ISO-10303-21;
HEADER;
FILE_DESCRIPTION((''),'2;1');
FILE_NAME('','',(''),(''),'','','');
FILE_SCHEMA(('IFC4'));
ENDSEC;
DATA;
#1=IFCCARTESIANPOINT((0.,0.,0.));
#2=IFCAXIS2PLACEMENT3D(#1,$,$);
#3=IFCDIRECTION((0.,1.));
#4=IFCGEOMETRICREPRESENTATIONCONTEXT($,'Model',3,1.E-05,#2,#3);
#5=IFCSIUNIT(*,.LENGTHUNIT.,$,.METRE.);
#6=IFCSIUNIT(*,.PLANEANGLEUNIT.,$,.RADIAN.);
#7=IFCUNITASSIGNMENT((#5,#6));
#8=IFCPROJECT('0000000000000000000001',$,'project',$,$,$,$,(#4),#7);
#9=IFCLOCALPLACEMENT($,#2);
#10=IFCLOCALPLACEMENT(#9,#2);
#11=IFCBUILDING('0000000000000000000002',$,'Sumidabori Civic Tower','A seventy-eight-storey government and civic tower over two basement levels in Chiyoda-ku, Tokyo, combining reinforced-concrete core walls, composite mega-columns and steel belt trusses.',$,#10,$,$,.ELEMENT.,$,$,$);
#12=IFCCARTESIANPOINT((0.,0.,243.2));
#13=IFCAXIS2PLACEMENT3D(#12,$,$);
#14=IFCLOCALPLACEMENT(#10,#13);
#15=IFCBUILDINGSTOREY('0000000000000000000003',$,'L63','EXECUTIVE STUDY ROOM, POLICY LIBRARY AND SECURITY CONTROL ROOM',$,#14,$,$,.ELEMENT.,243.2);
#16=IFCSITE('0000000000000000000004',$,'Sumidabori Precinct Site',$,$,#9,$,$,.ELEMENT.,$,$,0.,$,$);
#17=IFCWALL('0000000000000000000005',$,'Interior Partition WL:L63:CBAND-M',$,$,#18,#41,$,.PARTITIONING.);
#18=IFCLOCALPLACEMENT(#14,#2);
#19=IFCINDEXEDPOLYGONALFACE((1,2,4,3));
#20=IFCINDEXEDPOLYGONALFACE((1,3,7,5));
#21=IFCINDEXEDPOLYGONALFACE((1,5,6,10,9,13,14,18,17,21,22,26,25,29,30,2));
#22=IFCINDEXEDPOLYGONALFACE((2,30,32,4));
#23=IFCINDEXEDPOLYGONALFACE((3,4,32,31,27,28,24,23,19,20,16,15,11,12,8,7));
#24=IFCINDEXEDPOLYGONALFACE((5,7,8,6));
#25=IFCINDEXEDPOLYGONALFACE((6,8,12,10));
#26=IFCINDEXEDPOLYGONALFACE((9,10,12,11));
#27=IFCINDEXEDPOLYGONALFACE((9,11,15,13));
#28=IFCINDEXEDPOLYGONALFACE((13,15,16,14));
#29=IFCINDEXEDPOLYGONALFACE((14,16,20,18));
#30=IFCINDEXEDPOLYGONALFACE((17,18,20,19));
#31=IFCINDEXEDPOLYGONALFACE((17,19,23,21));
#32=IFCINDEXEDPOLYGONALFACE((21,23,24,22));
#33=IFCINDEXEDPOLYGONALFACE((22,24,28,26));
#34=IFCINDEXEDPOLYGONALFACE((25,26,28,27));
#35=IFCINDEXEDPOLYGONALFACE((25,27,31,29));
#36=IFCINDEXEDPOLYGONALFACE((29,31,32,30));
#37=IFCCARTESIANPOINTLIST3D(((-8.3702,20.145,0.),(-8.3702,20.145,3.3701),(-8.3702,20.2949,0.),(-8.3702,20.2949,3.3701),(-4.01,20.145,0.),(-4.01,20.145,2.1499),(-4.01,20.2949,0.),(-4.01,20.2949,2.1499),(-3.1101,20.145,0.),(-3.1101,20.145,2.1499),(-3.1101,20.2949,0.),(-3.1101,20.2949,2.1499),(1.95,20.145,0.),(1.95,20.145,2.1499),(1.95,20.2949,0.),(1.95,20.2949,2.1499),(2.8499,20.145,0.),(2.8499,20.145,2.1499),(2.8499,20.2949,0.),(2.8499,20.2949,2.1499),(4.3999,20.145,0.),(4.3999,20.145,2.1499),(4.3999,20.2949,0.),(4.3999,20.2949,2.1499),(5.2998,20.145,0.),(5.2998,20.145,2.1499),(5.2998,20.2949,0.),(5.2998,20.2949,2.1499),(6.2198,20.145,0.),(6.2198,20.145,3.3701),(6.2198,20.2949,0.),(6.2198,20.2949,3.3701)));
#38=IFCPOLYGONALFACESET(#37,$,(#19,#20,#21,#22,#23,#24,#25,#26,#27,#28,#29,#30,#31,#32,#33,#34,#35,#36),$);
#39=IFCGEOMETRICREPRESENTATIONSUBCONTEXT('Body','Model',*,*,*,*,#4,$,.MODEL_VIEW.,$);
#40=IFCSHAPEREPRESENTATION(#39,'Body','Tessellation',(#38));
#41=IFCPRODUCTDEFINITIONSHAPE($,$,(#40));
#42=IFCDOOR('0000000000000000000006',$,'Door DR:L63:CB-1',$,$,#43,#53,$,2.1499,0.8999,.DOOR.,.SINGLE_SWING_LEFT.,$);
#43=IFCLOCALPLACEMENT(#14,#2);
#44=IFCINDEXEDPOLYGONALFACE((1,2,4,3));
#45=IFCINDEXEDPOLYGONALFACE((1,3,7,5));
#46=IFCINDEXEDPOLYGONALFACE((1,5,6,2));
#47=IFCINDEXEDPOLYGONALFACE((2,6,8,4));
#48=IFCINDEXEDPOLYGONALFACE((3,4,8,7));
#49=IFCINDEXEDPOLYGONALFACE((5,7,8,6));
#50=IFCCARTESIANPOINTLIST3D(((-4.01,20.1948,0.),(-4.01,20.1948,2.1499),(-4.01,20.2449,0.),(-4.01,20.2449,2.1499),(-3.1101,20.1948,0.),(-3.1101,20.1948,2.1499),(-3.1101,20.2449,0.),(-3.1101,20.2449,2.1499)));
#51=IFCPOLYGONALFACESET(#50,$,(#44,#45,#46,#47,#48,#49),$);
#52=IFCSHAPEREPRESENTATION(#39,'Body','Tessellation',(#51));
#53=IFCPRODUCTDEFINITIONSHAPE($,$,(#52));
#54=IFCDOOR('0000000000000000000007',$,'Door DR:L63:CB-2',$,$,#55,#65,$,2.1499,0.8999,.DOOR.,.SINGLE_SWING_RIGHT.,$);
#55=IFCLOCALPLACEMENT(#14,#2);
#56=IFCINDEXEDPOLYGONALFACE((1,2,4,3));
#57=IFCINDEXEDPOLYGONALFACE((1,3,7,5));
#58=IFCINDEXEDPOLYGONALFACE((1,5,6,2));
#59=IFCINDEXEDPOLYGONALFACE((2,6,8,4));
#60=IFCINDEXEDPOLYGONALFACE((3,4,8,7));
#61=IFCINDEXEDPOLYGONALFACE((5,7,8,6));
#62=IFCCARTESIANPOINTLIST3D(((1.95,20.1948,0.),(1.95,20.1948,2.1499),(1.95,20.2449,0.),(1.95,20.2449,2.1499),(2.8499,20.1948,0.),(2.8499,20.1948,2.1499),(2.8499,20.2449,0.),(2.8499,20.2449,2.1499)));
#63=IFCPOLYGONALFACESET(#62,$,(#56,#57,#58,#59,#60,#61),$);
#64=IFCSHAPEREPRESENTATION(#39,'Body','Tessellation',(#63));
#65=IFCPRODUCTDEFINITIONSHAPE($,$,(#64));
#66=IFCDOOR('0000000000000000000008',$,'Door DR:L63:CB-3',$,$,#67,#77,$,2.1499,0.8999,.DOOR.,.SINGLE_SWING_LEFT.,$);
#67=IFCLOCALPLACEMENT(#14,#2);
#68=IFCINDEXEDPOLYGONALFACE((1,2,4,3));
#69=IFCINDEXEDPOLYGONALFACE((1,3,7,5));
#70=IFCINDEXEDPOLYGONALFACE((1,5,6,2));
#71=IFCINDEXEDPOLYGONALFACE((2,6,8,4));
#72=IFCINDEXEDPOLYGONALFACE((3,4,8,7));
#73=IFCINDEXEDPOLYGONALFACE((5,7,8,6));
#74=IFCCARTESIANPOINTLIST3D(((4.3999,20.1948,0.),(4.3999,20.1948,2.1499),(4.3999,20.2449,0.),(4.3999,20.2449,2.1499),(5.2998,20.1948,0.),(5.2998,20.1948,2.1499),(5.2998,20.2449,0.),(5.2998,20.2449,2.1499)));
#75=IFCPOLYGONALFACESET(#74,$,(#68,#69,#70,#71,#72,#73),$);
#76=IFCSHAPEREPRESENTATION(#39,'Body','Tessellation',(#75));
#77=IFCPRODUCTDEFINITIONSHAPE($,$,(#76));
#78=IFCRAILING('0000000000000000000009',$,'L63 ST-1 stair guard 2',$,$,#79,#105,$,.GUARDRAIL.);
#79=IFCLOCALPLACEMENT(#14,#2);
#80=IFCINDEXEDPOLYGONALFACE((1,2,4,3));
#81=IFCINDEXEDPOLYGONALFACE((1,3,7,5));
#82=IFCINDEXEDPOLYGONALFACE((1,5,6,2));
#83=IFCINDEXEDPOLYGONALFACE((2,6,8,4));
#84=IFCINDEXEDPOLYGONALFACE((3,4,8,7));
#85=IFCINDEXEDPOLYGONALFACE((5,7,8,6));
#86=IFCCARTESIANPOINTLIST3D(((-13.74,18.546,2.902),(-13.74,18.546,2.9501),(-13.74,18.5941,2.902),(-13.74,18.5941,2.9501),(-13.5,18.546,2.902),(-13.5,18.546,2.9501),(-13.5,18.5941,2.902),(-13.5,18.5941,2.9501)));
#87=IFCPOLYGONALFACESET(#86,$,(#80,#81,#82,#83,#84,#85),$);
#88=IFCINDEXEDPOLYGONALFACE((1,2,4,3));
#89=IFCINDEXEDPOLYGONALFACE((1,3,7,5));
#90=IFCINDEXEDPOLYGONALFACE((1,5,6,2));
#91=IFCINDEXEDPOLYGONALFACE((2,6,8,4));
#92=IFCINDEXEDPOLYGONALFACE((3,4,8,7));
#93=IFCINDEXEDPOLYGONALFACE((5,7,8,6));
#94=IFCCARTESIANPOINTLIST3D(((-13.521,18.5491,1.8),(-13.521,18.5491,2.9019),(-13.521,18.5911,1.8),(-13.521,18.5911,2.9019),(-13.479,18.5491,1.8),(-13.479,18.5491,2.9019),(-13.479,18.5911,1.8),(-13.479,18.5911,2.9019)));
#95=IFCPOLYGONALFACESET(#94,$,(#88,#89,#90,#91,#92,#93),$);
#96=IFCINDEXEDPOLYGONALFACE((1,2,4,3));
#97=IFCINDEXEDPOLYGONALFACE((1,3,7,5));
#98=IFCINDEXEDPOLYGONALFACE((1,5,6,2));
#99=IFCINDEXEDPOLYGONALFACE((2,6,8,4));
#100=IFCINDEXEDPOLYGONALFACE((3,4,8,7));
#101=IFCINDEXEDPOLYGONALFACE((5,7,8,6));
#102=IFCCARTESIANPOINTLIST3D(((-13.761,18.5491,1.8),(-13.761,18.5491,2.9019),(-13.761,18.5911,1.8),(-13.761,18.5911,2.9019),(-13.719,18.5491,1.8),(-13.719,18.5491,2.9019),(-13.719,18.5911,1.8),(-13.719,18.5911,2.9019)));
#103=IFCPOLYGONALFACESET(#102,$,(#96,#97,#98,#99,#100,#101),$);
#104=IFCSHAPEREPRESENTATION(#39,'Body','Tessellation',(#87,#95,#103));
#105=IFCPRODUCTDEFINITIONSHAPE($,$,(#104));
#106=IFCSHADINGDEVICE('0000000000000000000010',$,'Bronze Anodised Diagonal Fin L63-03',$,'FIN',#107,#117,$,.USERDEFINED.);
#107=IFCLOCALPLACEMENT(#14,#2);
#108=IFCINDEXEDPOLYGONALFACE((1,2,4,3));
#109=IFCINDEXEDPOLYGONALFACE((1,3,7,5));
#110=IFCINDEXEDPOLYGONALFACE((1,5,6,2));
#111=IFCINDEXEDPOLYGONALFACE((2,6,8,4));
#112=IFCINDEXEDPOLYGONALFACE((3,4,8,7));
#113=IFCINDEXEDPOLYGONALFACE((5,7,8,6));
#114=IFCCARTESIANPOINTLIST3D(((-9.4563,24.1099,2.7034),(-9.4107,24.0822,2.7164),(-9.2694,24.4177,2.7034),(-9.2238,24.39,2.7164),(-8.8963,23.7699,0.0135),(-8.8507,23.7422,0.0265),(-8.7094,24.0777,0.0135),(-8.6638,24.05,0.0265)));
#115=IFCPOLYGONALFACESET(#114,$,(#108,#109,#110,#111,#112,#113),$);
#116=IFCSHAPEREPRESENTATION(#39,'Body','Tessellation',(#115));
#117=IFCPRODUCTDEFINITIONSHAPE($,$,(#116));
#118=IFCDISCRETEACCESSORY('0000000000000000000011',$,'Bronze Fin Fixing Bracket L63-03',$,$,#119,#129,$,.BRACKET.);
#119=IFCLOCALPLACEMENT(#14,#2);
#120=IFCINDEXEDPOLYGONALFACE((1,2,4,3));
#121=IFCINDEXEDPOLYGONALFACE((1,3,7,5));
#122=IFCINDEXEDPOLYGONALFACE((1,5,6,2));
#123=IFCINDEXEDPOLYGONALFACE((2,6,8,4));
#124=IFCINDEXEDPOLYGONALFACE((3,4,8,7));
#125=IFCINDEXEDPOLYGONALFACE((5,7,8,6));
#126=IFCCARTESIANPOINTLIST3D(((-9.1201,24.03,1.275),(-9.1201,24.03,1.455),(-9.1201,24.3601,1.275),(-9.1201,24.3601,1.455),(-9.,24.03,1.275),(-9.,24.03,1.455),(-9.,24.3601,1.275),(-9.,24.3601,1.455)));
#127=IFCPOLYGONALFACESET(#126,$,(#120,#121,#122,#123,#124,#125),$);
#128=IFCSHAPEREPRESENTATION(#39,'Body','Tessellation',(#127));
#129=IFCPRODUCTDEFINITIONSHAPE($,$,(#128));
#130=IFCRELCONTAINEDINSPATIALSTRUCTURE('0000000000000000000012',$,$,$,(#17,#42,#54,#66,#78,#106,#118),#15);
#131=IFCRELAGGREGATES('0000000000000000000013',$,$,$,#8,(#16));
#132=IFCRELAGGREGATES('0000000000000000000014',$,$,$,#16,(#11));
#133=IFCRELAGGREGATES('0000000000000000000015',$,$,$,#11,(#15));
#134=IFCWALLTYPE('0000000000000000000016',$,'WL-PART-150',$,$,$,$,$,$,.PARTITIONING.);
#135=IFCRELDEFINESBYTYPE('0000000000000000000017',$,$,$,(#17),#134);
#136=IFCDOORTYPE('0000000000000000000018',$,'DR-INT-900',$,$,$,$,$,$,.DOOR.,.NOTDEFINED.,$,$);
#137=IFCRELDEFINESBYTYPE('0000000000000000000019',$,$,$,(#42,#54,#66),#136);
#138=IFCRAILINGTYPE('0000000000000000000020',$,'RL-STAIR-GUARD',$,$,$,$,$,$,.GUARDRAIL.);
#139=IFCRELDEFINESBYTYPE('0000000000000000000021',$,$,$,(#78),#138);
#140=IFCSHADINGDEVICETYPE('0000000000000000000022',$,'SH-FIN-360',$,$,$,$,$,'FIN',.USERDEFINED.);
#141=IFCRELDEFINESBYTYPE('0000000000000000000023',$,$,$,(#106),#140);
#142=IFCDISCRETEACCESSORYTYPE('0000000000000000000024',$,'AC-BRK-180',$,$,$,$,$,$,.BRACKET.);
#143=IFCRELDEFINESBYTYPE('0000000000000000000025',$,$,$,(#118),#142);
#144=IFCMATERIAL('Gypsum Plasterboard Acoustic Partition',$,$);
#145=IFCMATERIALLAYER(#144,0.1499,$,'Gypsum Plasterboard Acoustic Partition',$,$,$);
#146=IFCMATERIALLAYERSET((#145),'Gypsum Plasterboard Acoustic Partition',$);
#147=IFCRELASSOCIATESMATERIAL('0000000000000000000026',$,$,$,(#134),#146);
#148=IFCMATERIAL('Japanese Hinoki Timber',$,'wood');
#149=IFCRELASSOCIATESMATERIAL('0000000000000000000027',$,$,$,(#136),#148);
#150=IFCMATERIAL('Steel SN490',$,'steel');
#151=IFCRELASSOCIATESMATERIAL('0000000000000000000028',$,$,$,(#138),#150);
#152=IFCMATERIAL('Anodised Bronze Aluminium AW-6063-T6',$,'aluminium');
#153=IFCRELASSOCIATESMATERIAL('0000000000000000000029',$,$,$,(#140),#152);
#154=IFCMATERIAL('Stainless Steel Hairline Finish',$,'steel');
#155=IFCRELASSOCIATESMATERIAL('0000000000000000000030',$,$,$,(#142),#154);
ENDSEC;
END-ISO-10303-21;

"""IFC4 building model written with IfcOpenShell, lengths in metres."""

from ifc_helpers import new_model, si_unit, direction, frame, frame_2d, origin, origin_2d, place, context, subcontext, project, spatial, rectangle, extrude, source, transform, mapped, material, layer, layer_set, material_profile, profile_set, type_object, element, fill, save


model = new_model("IFC4")

# Units and contexts
model_context = context("Model", 3, precision=1e-05, world=origin(), true_north=direction((0.0, 1.0)))
body_context = subcontext(model_context, "Body", "Model", "MODEL_VIEW")
ifc_project = project(units=[si_unit("LENGTHUNIT", "METRE"), si_unit("PLANEANGLEUNIT", "RADIAN")], contexts=[model_context])

# Site, building, storey
site_placement = place(None, origin())
site = spatial("IfcSite", under=ifc_project, at=site_placement, Name="Sumidabori Precinct Site", CompositionType="ELEMENT", RefElevation=0.0)
building_placement = place(site_placement, origin())
building = spatial("IfcBuilding", under=site, at=building_placement, Name="Sumidabori Civic Tower", Description="A seventy-eight-storey government and civic tower over two basement levels in Chiyoda-ku, Tokyo, combining reinforced-concrete core walls, composite mega-columns and steel belt trusses.", CompositionType="ELEMENT")
storey_placement = place(building_placement, frame((0.0, 0.0, 243.2)))
storey = spatial("IfcBuildingStorey", under=building, at=storey_placement, Name="L63", Description="EXECUTIVE STUDY ROOM, POLICY LIBRARY AND SECURITY CONTROL ROOM", CompositionType="ELEMENT", Elevation=243.2)

# Shared definitions
ifc_material_1 = material(Name="Anodised Bronze Aluminium AW-6063-T6", Category="aluminium")

# Shared definitions
ifc_material_2 = material(Name="Gypsum Plasterboard Acoustic Partition")
ifc_layer_1 = layer(ifc_material_2, 0.1499, Name="Gypsum Plasterboard Acoustic Partition")
ifc_layer_set_1 = layer_set([ifc_layer_1], Name="Gypsum Plasterboard Acoustic Partition")
wall_type_1 = type_object("IfcWallType", Name="WL-PART-150", PredefinedType="PARTITIONING", material=ifc_layer_set_1)

# Wall, openings, doors
shared_shape_1 = source(origin(), body_context, "Body", "SweptSolid", [
    extrude(rectangle(XDim=14.5901, YDim=0.1499, at=frame_2d((7.2949, 0.0))), origin(), (0.0, 0.0, 1.0), 3.3701),
])
wall_1_placement = place(storey_placement, frame((-8.3701, 20.22, 0.0), z_axis=(0.0, 0.0, 1.0), x_axis=(1.0, 0.0, 0.0)))
wall_1 = element("IfcWall", 1, at=wall_1_placement, inside=storey, type_object=wall_type_1, Name="Interior Partition WL:L63:CBAND-M", PredefinedType="PARTITIONING", context=body_context, shape_type="MappedRepresentation", body=[
    mapped(shared_shape_1, transform((0.0, 0.0, 0.0), x_axis=(1.0, 0.0, 0.0), y_axis=(0.0, 1.0, 0.0), z_axis=(0.0, 0.0, 1.0), scale=1.0)),
])
opening_1_placement = place(wall_1_placement, frame((4.3601, 0.0, 0.0)))
opening_1 = element("IfcOpeningElement", 2, at=opening_1_placement, cuts=wall_1, PredefinedType="OPENING", context=body_context, shape_type="SweptSolid", body=[
    extrude(rectangle(XDim=0.8999, YDim=2.1499, at=frame_2d((0.45, 1.075))), frame((0.0, 0.0869, 0.0), z_axis=(0.0, -1.0, 0.0), x_axis=(1.0, 0.0, 0.0)), (0.0, 0.0, 1.0), 0.1738),
])
opening_2_placement = place(wall_1_placement, frame((10.3201, 0.0, 0.0)))
opening_2 = element("IfcOpeningElement", 3, at=opening_2_placement, cuts=wall_1, PredefinedType="OPENING", context=body_context, shape_type="SweptSolid", body=[
    extrude(rectangle(XDim=0.8999, YDim=2.1499, at=frame_2d((0.45, 1.075))), frame((0.0, 0.0869, 0.0), z_axis=(0.0, -1.0, 0.0), x_axis=(1.0, 0.0, 0.0)), (0.0, 0.0, 1.0), 0.1738),
])
opening_3_placement = place(wall_1_placement, frame((12.77, 0.0, 0.0)))
opening_3 = element("IfcOpeningElement", 4, at=opening_3_placement, cuts=wall_1, PredefinedType="OPENING", context=body_context, shape_type="SweptSolid", body=[
    extrude(rectangle(XDim=0.8999, YDim=2.1499, at=frame_2d((0.45, 1.075))), frame((0.0, 0.0869, 0.0), z_axis=(0.0, -1.0, 0.0), x_axis=(1.0, 0.0, 0.0)), (0.0, 0.0, 1.0), 0.1738),
])
ifc_material_3 = material(Name="Japanese Hinoki Timber", Category="wood")
door_type = type_object("IfcDoorType", Name="DR-INT-900", OperationType="NOTDEFINED", PredefinedType="DOOR", material=ifc_material_3)
shared_shape_2 = source(origin(), body_context, "Body", "SweptSolid", [
    extrude(rectangle(XDim=0.8999, YDim=2.1499, at=frame_2d((0.45, 1.075))), frame((0.0, 0.0249, 0.0), z_axis=(0.0, -1.0, 0.0), x_axis=(1.0, 0.0, 0.0)), (0.0, 0.0, 1.0), 0.05),
])
door_1_placement = place(opening_1_placement, origin())
door_1 = element("IfcDoor", 5, at=door_1_placement, inside=storey, type_object=door_type, Name="Door DR:L63:CB-1", OperationType="SINGLE_SWING_LEFT", OverallHeight=2.1499, OverallWidth=0.8999, PredefinedType="DOOR", context=body_context, shape_type="MappedRepresentation", body=[
    mapped(shared_shape_2, transform((0.0, 0.0, 0.0), x_axis=(1.0, 0.0, 0.0), y_axis=(0.0, 1.0, 0.0), z_axis=(0.0, 0.0, 1.0), scale=1.0)),
])
fill(opening_1, door_1)
door_2_placement = place(opening_2_placement, origin())
door_2 = element("IfcDoor", 6, at=door_2_placement, inside=storey, type_object=door_type, Name="Door DR:L63:CB-2", OperationType="SINGLE_SWING_RIGHT", OverallHeight=2.1499, OverallWidth=0.8999, PredefinedType="DOOR", context=body_context, shape_type="MappedRepresentation", body=[
    mapped(shared_shape_2, transform((0.0, 0.0, 0.0), x_axis=(1.0, 0.0, 0.0), y_axis=(0.0, 1.0, 0.0), z_axis=(0.0, 0.0, 1.0), scale=1.0)),
])
fill(opening_2, door_2)
door_3_placement = place(opening_3_placement, origin())
door_3 = element("IfcDoor", 7, at=door_3_placement, inside=storey, type_object=door_type, Name="Door DR:L63:CB-3", OperationType="SINGLE_SWING_LEFT", OverallHeight=2.1499, OverallWidth=0.8999, PredefinedType="DOOR", context=body_context, shape_type="MappedRepresentation", body=[
    mapped(shared_shape_2, transform((0.0, 0.0, 0.0), x_axis=(1.0, 0.0, 0.0), y_axis=(0.0, 1.0, 0.0), z_axis=(0.0, 0.0, 1.0), scale=1.0)),
])
fill(opening_3, door_3)

# Railing
ifc_material_4 = material(Name="Steel SN490", Category="steel")
railing_type = type_object("IfcRailingType", Name="RL-STAIR-GUARD", PredefinedType="GUARDRAIL", material=ifc_material_4)
railing_placement = place(storey_placement, frame((-13.5, 18.5701, 1.8)))
element("IfcRailing", 8, at=railing_placement, inside=storey, type_object=railing_type, Name="L63 ST-1 stair guard 2", PredefinedType="GUARDRAIL", context=body_context, shape_type="SweptSolid", body=[
    extrude(rectangle(XDim=0.0481, YDim=0.0481, at=origin_2d()), frame((0.0, 0.0, 1.126), z_axis=(-1.0, 0.0, 0.0), x_axis=(0.0, -1.0, 0.0)), (0.0, 0.0, 1.0), 0.24),
    extrude(rectangle(XDim=0.042, YDim=0.042, at=origin_2d()), origin(), (0.0, 0.0, 1.0), 1.1018),
    extrude(rectangle(XDim=0.042, YDim=0.042, at=origin_2d()), frame((-0.24, 0.0, 0.0)), (0.0, 0.0, 1.0), 1.1018),
])

# Shading device
ifc_material_profile_1 = material_profile(ifc_material_1, rectangle(XDim=0.0549, YDim=0.3601, at=origin_2d()), Name="BRONZE FIN 360x55")
ifc_profile_set_1 = profile_set([ifc_material_profile_1], Name="Anodised Bronze Aluminium AW-6063-T6")
shading_device_type = type_object("IfcShadingDeviceType", Name="SH-FIN-360", ElementType="FIN", PredefinedType="USERDEFINED", material=ifc_profile_set_1)
shared_shape_3 = source(origin(), body_context, "Body", "SweptSolid", [
    extrude(rectangle(XDim=0.0549, YDim=0.3601, at=origin_2d()), origin(), (0.0, 0.0, 1.0), 2.7686),
])
shading_device_placement = place(storey_placement, frame((-8.78, 23.9099, 0.02), z_axis=(-0.20229, 0.122838, 0.971591), x_axis=(0.83047, -0.504291, 0.236665)))
element("IfcShadingDevice", 9, at=shading_device_placement, inside=storey, type_object=shading_device_type, Name="Bronze Anodised Diagonal Fin L63-03", ObjectType="FIN", PredefinedType="USERDEFINED", context=body_context, shape_type="MappedRepresentation", body=[
    mapped(shared_shape_3, transform((0.0, 0.0, 0.0), x_axis=(1.0, 0.0, 0.0), y_axis=(0.0, 1.0, 0.0), z_axis=(0.0, 0.0, 1.0), scale=1.0)),
])

# Discrete accessory
ifc_material_5 = material(Name="Stainless Steel Hairline Finish", Category="steel")
ifc_material_profile_2 = material_profile(ifc_material_5, rectangle(XDim=0.1201, YDim=0.1799, at=origin_2d()), Name="STEEL BRACKET 180x120")
ifc_profile_set_2 = profile_set([ifc_material_profile_2], Name="Stainless Steel Hairline Finish")
discrete_accessory_type = type_object("IfcDiscreteAccessoryType", Name="AC-BRK-180", PredefinedType="BRACKET", material=ifc_profile_set_2)
shared_shape_4 = source(origin(), body_context, "Body", "SweptSolid", [
    extrude(rectangle(XDim=0.1201, YDim=0.1799, at=origin_2d()), origin(), (0.0, 0.0, 1.0), 0.3301),
])
discrete_accessory_placement = place(storey_placement, frame((-9.0601, 24.03, 1.365), z_axis=(0.0, 1.0, 0.0), x_axis=(-1.0, 0.0, 0.0)))
element("IfcDiscreteAccessory", 10, at=discrete_accessory_placement, inside=storey, type_object=discrete_accessory_type, Name="Bronze Fin Fixing Bracket L63-03", PredefinedType="BRACKET", context=body_context, shape_type="MappedRepresentation", body=[
    mapped(shared_shape_4, transform((0.0, 0.0, 0.0), x_axis=(1.0, 0.0, 0.0), y_axis=(0.0, 1.0, 0.0), z_axis=(0.0, 0.0, 1.0), scale=1.0)),
])

save(model, "model.ifc")
